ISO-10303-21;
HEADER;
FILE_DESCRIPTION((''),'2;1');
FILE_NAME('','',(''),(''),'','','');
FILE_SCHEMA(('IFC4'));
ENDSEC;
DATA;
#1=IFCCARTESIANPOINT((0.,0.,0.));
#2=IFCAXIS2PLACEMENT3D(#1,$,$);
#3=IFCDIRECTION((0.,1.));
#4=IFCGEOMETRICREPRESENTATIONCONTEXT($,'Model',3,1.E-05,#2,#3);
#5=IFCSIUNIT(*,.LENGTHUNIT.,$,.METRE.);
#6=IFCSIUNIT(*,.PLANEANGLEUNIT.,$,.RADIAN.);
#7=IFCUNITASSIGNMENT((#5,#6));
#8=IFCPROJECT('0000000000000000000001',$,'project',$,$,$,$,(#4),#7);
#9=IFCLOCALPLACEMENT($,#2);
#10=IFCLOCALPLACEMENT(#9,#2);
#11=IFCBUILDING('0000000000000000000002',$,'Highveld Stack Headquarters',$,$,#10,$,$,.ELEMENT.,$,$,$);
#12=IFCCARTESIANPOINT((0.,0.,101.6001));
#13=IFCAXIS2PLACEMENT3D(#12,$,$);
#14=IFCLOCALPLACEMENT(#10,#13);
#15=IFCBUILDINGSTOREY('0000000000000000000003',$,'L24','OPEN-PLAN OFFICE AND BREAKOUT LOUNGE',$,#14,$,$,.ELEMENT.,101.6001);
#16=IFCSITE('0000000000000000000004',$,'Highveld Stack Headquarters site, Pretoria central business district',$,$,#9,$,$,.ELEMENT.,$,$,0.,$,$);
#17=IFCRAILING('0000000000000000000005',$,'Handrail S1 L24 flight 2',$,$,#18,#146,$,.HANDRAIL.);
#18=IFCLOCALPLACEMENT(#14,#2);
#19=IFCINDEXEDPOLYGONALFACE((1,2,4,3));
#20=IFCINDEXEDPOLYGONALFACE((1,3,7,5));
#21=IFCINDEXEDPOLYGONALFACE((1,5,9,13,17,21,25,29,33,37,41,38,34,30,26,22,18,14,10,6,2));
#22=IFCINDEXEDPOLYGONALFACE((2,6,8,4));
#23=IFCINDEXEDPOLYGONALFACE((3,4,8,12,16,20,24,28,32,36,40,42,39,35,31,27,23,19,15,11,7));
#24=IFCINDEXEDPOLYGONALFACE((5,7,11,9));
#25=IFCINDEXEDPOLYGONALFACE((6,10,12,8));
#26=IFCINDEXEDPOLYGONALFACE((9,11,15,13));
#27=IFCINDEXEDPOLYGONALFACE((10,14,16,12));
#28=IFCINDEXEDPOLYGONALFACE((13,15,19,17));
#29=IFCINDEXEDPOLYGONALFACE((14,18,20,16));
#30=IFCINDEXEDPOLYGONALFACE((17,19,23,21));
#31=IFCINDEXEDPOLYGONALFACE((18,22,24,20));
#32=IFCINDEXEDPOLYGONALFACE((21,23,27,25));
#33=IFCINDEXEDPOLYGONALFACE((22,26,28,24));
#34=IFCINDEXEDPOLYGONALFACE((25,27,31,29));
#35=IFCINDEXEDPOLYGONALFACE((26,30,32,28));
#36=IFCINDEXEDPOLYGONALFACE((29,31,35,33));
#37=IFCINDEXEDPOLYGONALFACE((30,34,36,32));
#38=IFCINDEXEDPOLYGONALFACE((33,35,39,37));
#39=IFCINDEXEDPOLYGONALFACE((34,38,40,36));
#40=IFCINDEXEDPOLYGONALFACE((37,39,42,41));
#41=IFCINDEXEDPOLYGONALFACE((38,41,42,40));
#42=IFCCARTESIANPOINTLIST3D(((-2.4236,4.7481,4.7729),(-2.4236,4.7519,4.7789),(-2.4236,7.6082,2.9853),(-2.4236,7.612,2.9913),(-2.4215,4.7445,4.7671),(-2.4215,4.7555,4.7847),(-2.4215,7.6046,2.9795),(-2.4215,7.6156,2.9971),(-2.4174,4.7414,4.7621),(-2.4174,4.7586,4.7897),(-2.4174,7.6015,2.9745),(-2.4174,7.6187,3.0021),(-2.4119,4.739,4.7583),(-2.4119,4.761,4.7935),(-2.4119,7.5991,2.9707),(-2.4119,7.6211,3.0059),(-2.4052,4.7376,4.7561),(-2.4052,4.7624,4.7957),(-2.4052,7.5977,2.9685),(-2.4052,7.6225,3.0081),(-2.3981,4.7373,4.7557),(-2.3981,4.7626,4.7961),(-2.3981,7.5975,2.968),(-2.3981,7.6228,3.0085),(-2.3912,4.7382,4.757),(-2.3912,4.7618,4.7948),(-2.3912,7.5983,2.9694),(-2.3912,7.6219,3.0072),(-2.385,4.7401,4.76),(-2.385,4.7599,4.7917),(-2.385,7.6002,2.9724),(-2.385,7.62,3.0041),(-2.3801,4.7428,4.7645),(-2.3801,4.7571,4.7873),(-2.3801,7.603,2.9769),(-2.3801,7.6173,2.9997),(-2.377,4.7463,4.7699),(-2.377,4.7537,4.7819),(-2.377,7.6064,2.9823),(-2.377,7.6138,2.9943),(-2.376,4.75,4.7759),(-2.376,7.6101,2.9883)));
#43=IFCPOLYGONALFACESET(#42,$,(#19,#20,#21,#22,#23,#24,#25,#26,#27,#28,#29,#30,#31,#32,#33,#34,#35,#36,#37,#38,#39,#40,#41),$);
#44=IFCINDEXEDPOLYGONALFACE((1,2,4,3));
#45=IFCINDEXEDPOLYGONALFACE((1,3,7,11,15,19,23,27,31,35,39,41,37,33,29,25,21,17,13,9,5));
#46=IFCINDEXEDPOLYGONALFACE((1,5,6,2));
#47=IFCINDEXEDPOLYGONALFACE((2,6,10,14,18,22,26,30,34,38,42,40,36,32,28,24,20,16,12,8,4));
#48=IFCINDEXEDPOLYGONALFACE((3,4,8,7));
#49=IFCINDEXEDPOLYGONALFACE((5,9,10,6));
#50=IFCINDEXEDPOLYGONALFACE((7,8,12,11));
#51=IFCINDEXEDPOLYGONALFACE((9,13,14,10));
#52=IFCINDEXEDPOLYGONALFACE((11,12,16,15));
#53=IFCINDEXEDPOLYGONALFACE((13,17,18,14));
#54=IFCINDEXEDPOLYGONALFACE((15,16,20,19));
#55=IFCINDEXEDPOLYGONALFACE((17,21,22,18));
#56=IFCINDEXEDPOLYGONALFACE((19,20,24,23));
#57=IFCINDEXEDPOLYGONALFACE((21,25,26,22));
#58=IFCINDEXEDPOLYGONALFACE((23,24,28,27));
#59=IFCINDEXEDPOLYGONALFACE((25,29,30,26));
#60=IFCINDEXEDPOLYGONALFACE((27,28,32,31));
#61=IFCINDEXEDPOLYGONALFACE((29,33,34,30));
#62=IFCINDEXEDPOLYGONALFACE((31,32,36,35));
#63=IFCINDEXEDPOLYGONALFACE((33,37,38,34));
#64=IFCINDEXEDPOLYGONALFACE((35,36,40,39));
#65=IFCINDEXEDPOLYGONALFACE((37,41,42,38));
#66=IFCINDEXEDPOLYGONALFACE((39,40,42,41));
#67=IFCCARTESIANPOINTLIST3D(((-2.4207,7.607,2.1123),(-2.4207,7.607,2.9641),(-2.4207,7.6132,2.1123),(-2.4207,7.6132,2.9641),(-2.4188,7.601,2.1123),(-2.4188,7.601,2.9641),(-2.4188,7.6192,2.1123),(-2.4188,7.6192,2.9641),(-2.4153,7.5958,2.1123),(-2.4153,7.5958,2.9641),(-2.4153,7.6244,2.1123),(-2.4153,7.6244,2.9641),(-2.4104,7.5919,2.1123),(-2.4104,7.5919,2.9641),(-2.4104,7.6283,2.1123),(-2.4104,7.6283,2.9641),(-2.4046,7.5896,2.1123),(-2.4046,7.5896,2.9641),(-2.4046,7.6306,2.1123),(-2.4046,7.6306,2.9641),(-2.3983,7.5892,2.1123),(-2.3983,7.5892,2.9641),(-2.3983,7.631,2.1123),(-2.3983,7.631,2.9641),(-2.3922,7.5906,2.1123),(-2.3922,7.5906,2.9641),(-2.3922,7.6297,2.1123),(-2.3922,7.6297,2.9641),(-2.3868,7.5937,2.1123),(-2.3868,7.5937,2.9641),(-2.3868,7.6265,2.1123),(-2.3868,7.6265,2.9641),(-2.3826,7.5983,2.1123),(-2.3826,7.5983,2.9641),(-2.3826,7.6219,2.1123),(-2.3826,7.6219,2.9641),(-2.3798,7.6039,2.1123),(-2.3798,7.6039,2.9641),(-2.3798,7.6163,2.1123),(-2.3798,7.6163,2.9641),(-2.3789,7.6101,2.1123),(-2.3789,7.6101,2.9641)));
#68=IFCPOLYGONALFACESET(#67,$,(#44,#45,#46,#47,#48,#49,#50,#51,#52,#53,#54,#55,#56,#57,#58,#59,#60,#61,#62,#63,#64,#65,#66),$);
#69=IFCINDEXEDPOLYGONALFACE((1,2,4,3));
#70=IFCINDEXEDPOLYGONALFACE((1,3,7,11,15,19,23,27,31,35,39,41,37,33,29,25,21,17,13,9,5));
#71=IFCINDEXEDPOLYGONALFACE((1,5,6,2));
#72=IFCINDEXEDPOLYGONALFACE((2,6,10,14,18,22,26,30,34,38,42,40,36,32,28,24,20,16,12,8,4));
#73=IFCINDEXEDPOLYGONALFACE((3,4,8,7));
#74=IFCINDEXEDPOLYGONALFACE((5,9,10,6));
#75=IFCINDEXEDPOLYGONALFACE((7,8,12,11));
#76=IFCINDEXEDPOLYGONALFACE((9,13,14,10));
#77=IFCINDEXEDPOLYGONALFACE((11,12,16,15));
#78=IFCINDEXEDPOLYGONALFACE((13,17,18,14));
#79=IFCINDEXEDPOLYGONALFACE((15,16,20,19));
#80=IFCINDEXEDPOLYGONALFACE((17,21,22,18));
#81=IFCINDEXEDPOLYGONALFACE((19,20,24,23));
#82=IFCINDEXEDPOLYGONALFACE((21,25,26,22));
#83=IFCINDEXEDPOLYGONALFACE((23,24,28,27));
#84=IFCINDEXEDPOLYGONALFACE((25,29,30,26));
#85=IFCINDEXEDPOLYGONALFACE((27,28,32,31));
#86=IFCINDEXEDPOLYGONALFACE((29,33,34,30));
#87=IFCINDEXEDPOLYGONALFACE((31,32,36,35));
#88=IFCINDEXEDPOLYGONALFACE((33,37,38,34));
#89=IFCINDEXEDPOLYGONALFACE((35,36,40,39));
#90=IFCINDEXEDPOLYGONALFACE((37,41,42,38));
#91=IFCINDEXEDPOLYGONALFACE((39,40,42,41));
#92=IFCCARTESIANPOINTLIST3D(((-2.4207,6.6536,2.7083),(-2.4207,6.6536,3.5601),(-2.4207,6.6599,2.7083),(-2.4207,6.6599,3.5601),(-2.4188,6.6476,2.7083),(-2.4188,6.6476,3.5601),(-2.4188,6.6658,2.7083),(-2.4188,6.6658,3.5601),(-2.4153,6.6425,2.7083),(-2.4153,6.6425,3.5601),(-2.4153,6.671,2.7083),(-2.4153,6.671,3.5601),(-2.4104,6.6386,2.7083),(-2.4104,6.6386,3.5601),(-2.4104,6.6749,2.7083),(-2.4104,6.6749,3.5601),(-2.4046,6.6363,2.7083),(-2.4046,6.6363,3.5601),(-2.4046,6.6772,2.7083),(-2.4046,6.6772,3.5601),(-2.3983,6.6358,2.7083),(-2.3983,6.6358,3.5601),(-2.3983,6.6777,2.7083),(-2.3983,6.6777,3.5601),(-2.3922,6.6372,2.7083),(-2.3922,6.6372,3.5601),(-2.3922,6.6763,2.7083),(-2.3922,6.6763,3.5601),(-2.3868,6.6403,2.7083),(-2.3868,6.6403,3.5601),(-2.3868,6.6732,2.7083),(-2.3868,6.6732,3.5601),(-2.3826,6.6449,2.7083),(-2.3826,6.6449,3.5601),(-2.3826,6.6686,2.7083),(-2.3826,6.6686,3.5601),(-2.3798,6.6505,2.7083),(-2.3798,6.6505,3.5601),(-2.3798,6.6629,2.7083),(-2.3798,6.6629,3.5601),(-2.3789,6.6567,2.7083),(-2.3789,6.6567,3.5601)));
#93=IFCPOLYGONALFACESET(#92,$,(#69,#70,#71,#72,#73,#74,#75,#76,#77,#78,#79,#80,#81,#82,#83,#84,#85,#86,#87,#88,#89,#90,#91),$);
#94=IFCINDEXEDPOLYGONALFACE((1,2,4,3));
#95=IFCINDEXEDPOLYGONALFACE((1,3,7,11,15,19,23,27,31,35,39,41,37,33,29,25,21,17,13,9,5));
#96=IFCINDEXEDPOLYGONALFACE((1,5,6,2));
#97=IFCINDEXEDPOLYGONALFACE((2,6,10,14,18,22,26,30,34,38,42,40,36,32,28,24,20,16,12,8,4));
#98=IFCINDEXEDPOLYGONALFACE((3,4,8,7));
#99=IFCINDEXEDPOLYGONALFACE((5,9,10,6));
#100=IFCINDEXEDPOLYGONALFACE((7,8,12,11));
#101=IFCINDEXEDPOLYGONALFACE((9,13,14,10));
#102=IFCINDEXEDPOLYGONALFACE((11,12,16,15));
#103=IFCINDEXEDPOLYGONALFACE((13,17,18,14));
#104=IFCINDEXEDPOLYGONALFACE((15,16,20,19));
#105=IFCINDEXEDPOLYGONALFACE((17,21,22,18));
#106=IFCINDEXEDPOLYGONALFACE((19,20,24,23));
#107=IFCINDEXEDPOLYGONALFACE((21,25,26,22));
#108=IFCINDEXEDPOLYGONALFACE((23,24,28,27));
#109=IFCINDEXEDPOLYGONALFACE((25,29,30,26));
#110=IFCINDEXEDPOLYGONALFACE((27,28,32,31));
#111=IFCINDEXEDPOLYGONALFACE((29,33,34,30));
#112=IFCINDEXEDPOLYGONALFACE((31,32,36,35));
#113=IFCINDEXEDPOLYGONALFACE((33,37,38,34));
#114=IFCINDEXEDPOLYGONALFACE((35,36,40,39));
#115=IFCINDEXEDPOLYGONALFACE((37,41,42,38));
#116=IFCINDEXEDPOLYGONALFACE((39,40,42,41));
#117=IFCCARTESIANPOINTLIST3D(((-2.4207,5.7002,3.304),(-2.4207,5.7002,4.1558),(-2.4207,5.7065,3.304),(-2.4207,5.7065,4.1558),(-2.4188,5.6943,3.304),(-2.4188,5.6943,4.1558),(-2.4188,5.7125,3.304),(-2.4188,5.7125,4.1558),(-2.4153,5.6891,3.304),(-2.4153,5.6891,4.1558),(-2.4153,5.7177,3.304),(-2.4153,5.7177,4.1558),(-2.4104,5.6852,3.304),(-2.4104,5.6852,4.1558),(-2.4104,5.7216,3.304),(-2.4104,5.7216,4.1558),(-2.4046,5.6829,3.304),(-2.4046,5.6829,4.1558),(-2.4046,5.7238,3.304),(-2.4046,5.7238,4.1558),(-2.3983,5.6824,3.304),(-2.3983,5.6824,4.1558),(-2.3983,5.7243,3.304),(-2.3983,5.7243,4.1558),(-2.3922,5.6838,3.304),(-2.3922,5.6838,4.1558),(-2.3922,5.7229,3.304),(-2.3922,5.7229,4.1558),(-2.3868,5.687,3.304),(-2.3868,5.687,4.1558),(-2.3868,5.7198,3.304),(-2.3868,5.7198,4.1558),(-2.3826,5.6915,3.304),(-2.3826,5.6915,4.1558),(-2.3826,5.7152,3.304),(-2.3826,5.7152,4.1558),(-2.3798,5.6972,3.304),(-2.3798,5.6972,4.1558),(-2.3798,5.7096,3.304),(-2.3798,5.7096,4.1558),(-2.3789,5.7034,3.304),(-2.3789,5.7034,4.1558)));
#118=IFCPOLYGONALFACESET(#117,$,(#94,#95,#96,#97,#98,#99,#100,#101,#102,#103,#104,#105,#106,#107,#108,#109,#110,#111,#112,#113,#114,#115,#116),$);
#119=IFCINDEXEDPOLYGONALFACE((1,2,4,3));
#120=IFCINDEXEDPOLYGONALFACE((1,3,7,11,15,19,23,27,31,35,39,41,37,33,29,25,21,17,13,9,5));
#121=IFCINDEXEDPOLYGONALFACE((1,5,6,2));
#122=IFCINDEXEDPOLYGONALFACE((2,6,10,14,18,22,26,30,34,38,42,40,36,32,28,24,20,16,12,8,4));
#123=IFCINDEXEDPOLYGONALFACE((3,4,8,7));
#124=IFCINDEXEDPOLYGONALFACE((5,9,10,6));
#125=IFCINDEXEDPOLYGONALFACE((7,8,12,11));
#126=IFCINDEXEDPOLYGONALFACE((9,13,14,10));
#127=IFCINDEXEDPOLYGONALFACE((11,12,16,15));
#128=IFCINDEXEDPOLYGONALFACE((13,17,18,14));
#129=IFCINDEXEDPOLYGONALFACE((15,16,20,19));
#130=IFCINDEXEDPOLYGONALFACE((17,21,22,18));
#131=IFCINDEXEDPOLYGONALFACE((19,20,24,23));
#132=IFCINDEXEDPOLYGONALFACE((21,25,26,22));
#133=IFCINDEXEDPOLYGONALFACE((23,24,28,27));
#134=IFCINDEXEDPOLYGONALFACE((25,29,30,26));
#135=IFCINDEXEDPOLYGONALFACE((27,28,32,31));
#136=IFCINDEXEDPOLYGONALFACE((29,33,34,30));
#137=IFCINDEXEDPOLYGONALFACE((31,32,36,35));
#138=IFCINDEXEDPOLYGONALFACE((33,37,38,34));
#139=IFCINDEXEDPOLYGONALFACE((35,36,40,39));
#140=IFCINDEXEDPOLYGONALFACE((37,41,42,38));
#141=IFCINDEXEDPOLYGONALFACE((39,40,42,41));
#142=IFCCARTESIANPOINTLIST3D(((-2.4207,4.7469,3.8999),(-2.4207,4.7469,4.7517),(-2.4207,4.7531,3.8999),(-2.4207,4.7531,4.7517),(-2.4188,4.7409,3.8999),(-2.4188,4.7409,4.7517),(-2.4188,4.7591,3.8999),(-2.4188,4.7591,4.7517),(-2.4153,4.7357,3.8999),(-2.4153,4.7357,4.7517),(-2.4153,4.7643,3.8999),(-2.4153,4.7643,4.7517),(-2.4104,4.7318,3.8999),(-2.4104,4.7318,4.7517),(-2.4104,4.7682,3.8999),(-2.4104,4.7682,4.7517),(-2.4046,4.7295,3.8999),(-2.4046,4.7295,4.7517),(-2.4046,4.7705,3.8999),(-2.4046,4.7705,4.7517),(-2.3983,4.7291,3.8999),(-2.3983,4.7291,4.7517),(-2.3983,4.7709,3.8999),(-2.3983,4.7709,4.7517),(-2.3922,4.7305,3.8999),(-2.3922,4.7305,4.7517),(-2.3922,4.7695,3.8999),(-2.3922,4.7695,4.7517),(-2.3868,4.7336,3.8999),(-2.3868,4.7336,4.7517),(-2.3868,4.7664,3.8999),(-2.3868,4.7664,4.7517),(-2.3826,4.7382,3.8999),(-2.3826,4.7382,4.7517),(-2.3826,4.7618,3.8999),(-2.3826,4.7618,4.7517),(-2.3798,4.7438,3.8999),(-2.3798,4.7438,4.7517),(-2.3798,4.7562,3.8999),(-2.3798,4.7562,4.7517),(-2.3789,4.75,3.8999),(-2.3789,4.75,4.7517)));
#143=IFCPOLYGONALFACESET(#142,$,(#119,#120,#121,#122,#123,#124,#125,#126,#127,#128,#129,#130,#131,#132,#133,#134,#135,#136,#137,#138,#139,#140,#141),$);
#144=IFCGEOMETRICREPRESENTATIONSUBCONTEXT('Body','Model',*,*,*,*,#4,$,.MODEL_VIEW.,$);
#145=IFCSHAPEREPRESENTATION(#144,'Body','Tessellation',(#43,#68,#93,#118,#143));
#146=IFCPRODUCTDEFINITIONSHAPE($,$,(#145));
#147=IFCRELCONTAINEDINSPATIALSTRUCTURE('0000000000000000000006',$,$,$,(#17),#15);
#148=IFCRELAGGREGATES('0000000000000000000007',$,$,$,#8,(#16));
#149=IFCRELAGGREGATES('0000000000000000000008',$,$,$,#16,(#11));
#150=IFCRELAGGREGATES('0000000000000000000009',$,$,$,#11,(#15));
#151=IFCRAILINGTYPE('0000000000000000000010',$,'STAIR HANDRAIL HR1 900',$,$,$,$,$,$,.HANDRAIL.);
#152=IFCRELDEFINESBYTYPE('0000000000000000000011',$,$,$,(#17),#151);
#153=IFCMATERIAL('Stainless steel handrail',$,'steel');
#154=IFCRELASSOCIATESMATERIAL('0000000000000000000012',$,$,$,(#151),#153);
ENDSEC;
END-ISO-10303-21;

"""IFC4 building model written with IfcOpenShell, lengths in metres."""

from ifc_helpers import new_model, si_unit, direction, frame, origin, origin_2d, place, context, subcontext, project, spatial, circle, extrude, material, type_object, element, save


model = new_model("IFC4")

# Units and contexts
model_context = context("Model", 3, precision=1e-05, world=origin(), true_north=direction((0.0, 1.0)))
body_context = subcontext(model_context, "Body", "Model", "MODEL_VIEW")
ifc_project = project(units=[si_unit("LENGTHUNIT", "METRE"), si_unit("PLANEANGLEUNIT", "RADIAN")], contexts=[model_context])

# Site, building, storey
site_placement = place(None, origin())
site = spatial("IfcSite", under=ifc_project, at=site_placement, Name="Highveld Stack Headquarters site, Pretoria central business district", CompositionType="ELEMENT", RefElevation=0.0)
building_placement = place(site_placement, origin())
building = spatial("IfcBuilding", under=site, at=building_placement, Name="Highveld Stack Headquarters", CompositionType="ELEMENT")
storey_placement = place(building_placement, frame((0.0, 0.0, 101.6001)))
storey = spatial("IfcBuildingStorey", under=building, at=storey_placement, Name="L24", Description="OPEN-PLAN OFFICE AND BREAKOUT LOUNGE", CompositionType="ELEMENT", Elevation=101.6001)

# Railing
ifc_material_1 = material(Name="Stainless steel handrail", Category="steel")
railing_type = type_object("IfcRailingType", Name="STAIR HANDRAIL HR1 900", PredefinedType="HANDRAIL", material=ifc_material_1)
for number, where, name in (
    (1, (-2.3999, 7.6101, 2.1123), "Handrail S1 L24 flight 2"),
):
    element("IfcRailing", number, at=place(storey_placement, frame(where)), inside=storey, type_object=railing_type, Name=name, PredefinedType="HANDRAIL", context=body_context, shape_type="SweptSolid", body=[
        extrude(circle(Radius=0.0239, at=origin_2d()), frame((0.0, 0.0, 0.876), z_axis=(0.0, -0.847994, 0.530005), x_axis=(1.0, 0.0, 0.0)), (0.0, 0.0, 1.0), 3.3728),
        extrude(circle(Radius=0.021, at=origin_2d()), origin(), (0.0, 0.0, 1.0), 0.8518),
        extrude(circle(Radius=0.021, at=origin_2d()), frame((0.0, -0.9534, 0.5959)), (0.0, 0.0, 1.0), 0.8518),
        extrude(circle(Radius=0.021, at=origin_2d()), frame((0.0, -1.9067, 1.1917)), (0.0, 0.0, 1.0), 0.8518),
        extrude(circle(Radius=0.021, at=origin_2d()), frame((0.0, -2.8601, 1.7876)), (0.0, 0.0, 1.0), 0.8518),
    ])

save(model, "model.ifc")
